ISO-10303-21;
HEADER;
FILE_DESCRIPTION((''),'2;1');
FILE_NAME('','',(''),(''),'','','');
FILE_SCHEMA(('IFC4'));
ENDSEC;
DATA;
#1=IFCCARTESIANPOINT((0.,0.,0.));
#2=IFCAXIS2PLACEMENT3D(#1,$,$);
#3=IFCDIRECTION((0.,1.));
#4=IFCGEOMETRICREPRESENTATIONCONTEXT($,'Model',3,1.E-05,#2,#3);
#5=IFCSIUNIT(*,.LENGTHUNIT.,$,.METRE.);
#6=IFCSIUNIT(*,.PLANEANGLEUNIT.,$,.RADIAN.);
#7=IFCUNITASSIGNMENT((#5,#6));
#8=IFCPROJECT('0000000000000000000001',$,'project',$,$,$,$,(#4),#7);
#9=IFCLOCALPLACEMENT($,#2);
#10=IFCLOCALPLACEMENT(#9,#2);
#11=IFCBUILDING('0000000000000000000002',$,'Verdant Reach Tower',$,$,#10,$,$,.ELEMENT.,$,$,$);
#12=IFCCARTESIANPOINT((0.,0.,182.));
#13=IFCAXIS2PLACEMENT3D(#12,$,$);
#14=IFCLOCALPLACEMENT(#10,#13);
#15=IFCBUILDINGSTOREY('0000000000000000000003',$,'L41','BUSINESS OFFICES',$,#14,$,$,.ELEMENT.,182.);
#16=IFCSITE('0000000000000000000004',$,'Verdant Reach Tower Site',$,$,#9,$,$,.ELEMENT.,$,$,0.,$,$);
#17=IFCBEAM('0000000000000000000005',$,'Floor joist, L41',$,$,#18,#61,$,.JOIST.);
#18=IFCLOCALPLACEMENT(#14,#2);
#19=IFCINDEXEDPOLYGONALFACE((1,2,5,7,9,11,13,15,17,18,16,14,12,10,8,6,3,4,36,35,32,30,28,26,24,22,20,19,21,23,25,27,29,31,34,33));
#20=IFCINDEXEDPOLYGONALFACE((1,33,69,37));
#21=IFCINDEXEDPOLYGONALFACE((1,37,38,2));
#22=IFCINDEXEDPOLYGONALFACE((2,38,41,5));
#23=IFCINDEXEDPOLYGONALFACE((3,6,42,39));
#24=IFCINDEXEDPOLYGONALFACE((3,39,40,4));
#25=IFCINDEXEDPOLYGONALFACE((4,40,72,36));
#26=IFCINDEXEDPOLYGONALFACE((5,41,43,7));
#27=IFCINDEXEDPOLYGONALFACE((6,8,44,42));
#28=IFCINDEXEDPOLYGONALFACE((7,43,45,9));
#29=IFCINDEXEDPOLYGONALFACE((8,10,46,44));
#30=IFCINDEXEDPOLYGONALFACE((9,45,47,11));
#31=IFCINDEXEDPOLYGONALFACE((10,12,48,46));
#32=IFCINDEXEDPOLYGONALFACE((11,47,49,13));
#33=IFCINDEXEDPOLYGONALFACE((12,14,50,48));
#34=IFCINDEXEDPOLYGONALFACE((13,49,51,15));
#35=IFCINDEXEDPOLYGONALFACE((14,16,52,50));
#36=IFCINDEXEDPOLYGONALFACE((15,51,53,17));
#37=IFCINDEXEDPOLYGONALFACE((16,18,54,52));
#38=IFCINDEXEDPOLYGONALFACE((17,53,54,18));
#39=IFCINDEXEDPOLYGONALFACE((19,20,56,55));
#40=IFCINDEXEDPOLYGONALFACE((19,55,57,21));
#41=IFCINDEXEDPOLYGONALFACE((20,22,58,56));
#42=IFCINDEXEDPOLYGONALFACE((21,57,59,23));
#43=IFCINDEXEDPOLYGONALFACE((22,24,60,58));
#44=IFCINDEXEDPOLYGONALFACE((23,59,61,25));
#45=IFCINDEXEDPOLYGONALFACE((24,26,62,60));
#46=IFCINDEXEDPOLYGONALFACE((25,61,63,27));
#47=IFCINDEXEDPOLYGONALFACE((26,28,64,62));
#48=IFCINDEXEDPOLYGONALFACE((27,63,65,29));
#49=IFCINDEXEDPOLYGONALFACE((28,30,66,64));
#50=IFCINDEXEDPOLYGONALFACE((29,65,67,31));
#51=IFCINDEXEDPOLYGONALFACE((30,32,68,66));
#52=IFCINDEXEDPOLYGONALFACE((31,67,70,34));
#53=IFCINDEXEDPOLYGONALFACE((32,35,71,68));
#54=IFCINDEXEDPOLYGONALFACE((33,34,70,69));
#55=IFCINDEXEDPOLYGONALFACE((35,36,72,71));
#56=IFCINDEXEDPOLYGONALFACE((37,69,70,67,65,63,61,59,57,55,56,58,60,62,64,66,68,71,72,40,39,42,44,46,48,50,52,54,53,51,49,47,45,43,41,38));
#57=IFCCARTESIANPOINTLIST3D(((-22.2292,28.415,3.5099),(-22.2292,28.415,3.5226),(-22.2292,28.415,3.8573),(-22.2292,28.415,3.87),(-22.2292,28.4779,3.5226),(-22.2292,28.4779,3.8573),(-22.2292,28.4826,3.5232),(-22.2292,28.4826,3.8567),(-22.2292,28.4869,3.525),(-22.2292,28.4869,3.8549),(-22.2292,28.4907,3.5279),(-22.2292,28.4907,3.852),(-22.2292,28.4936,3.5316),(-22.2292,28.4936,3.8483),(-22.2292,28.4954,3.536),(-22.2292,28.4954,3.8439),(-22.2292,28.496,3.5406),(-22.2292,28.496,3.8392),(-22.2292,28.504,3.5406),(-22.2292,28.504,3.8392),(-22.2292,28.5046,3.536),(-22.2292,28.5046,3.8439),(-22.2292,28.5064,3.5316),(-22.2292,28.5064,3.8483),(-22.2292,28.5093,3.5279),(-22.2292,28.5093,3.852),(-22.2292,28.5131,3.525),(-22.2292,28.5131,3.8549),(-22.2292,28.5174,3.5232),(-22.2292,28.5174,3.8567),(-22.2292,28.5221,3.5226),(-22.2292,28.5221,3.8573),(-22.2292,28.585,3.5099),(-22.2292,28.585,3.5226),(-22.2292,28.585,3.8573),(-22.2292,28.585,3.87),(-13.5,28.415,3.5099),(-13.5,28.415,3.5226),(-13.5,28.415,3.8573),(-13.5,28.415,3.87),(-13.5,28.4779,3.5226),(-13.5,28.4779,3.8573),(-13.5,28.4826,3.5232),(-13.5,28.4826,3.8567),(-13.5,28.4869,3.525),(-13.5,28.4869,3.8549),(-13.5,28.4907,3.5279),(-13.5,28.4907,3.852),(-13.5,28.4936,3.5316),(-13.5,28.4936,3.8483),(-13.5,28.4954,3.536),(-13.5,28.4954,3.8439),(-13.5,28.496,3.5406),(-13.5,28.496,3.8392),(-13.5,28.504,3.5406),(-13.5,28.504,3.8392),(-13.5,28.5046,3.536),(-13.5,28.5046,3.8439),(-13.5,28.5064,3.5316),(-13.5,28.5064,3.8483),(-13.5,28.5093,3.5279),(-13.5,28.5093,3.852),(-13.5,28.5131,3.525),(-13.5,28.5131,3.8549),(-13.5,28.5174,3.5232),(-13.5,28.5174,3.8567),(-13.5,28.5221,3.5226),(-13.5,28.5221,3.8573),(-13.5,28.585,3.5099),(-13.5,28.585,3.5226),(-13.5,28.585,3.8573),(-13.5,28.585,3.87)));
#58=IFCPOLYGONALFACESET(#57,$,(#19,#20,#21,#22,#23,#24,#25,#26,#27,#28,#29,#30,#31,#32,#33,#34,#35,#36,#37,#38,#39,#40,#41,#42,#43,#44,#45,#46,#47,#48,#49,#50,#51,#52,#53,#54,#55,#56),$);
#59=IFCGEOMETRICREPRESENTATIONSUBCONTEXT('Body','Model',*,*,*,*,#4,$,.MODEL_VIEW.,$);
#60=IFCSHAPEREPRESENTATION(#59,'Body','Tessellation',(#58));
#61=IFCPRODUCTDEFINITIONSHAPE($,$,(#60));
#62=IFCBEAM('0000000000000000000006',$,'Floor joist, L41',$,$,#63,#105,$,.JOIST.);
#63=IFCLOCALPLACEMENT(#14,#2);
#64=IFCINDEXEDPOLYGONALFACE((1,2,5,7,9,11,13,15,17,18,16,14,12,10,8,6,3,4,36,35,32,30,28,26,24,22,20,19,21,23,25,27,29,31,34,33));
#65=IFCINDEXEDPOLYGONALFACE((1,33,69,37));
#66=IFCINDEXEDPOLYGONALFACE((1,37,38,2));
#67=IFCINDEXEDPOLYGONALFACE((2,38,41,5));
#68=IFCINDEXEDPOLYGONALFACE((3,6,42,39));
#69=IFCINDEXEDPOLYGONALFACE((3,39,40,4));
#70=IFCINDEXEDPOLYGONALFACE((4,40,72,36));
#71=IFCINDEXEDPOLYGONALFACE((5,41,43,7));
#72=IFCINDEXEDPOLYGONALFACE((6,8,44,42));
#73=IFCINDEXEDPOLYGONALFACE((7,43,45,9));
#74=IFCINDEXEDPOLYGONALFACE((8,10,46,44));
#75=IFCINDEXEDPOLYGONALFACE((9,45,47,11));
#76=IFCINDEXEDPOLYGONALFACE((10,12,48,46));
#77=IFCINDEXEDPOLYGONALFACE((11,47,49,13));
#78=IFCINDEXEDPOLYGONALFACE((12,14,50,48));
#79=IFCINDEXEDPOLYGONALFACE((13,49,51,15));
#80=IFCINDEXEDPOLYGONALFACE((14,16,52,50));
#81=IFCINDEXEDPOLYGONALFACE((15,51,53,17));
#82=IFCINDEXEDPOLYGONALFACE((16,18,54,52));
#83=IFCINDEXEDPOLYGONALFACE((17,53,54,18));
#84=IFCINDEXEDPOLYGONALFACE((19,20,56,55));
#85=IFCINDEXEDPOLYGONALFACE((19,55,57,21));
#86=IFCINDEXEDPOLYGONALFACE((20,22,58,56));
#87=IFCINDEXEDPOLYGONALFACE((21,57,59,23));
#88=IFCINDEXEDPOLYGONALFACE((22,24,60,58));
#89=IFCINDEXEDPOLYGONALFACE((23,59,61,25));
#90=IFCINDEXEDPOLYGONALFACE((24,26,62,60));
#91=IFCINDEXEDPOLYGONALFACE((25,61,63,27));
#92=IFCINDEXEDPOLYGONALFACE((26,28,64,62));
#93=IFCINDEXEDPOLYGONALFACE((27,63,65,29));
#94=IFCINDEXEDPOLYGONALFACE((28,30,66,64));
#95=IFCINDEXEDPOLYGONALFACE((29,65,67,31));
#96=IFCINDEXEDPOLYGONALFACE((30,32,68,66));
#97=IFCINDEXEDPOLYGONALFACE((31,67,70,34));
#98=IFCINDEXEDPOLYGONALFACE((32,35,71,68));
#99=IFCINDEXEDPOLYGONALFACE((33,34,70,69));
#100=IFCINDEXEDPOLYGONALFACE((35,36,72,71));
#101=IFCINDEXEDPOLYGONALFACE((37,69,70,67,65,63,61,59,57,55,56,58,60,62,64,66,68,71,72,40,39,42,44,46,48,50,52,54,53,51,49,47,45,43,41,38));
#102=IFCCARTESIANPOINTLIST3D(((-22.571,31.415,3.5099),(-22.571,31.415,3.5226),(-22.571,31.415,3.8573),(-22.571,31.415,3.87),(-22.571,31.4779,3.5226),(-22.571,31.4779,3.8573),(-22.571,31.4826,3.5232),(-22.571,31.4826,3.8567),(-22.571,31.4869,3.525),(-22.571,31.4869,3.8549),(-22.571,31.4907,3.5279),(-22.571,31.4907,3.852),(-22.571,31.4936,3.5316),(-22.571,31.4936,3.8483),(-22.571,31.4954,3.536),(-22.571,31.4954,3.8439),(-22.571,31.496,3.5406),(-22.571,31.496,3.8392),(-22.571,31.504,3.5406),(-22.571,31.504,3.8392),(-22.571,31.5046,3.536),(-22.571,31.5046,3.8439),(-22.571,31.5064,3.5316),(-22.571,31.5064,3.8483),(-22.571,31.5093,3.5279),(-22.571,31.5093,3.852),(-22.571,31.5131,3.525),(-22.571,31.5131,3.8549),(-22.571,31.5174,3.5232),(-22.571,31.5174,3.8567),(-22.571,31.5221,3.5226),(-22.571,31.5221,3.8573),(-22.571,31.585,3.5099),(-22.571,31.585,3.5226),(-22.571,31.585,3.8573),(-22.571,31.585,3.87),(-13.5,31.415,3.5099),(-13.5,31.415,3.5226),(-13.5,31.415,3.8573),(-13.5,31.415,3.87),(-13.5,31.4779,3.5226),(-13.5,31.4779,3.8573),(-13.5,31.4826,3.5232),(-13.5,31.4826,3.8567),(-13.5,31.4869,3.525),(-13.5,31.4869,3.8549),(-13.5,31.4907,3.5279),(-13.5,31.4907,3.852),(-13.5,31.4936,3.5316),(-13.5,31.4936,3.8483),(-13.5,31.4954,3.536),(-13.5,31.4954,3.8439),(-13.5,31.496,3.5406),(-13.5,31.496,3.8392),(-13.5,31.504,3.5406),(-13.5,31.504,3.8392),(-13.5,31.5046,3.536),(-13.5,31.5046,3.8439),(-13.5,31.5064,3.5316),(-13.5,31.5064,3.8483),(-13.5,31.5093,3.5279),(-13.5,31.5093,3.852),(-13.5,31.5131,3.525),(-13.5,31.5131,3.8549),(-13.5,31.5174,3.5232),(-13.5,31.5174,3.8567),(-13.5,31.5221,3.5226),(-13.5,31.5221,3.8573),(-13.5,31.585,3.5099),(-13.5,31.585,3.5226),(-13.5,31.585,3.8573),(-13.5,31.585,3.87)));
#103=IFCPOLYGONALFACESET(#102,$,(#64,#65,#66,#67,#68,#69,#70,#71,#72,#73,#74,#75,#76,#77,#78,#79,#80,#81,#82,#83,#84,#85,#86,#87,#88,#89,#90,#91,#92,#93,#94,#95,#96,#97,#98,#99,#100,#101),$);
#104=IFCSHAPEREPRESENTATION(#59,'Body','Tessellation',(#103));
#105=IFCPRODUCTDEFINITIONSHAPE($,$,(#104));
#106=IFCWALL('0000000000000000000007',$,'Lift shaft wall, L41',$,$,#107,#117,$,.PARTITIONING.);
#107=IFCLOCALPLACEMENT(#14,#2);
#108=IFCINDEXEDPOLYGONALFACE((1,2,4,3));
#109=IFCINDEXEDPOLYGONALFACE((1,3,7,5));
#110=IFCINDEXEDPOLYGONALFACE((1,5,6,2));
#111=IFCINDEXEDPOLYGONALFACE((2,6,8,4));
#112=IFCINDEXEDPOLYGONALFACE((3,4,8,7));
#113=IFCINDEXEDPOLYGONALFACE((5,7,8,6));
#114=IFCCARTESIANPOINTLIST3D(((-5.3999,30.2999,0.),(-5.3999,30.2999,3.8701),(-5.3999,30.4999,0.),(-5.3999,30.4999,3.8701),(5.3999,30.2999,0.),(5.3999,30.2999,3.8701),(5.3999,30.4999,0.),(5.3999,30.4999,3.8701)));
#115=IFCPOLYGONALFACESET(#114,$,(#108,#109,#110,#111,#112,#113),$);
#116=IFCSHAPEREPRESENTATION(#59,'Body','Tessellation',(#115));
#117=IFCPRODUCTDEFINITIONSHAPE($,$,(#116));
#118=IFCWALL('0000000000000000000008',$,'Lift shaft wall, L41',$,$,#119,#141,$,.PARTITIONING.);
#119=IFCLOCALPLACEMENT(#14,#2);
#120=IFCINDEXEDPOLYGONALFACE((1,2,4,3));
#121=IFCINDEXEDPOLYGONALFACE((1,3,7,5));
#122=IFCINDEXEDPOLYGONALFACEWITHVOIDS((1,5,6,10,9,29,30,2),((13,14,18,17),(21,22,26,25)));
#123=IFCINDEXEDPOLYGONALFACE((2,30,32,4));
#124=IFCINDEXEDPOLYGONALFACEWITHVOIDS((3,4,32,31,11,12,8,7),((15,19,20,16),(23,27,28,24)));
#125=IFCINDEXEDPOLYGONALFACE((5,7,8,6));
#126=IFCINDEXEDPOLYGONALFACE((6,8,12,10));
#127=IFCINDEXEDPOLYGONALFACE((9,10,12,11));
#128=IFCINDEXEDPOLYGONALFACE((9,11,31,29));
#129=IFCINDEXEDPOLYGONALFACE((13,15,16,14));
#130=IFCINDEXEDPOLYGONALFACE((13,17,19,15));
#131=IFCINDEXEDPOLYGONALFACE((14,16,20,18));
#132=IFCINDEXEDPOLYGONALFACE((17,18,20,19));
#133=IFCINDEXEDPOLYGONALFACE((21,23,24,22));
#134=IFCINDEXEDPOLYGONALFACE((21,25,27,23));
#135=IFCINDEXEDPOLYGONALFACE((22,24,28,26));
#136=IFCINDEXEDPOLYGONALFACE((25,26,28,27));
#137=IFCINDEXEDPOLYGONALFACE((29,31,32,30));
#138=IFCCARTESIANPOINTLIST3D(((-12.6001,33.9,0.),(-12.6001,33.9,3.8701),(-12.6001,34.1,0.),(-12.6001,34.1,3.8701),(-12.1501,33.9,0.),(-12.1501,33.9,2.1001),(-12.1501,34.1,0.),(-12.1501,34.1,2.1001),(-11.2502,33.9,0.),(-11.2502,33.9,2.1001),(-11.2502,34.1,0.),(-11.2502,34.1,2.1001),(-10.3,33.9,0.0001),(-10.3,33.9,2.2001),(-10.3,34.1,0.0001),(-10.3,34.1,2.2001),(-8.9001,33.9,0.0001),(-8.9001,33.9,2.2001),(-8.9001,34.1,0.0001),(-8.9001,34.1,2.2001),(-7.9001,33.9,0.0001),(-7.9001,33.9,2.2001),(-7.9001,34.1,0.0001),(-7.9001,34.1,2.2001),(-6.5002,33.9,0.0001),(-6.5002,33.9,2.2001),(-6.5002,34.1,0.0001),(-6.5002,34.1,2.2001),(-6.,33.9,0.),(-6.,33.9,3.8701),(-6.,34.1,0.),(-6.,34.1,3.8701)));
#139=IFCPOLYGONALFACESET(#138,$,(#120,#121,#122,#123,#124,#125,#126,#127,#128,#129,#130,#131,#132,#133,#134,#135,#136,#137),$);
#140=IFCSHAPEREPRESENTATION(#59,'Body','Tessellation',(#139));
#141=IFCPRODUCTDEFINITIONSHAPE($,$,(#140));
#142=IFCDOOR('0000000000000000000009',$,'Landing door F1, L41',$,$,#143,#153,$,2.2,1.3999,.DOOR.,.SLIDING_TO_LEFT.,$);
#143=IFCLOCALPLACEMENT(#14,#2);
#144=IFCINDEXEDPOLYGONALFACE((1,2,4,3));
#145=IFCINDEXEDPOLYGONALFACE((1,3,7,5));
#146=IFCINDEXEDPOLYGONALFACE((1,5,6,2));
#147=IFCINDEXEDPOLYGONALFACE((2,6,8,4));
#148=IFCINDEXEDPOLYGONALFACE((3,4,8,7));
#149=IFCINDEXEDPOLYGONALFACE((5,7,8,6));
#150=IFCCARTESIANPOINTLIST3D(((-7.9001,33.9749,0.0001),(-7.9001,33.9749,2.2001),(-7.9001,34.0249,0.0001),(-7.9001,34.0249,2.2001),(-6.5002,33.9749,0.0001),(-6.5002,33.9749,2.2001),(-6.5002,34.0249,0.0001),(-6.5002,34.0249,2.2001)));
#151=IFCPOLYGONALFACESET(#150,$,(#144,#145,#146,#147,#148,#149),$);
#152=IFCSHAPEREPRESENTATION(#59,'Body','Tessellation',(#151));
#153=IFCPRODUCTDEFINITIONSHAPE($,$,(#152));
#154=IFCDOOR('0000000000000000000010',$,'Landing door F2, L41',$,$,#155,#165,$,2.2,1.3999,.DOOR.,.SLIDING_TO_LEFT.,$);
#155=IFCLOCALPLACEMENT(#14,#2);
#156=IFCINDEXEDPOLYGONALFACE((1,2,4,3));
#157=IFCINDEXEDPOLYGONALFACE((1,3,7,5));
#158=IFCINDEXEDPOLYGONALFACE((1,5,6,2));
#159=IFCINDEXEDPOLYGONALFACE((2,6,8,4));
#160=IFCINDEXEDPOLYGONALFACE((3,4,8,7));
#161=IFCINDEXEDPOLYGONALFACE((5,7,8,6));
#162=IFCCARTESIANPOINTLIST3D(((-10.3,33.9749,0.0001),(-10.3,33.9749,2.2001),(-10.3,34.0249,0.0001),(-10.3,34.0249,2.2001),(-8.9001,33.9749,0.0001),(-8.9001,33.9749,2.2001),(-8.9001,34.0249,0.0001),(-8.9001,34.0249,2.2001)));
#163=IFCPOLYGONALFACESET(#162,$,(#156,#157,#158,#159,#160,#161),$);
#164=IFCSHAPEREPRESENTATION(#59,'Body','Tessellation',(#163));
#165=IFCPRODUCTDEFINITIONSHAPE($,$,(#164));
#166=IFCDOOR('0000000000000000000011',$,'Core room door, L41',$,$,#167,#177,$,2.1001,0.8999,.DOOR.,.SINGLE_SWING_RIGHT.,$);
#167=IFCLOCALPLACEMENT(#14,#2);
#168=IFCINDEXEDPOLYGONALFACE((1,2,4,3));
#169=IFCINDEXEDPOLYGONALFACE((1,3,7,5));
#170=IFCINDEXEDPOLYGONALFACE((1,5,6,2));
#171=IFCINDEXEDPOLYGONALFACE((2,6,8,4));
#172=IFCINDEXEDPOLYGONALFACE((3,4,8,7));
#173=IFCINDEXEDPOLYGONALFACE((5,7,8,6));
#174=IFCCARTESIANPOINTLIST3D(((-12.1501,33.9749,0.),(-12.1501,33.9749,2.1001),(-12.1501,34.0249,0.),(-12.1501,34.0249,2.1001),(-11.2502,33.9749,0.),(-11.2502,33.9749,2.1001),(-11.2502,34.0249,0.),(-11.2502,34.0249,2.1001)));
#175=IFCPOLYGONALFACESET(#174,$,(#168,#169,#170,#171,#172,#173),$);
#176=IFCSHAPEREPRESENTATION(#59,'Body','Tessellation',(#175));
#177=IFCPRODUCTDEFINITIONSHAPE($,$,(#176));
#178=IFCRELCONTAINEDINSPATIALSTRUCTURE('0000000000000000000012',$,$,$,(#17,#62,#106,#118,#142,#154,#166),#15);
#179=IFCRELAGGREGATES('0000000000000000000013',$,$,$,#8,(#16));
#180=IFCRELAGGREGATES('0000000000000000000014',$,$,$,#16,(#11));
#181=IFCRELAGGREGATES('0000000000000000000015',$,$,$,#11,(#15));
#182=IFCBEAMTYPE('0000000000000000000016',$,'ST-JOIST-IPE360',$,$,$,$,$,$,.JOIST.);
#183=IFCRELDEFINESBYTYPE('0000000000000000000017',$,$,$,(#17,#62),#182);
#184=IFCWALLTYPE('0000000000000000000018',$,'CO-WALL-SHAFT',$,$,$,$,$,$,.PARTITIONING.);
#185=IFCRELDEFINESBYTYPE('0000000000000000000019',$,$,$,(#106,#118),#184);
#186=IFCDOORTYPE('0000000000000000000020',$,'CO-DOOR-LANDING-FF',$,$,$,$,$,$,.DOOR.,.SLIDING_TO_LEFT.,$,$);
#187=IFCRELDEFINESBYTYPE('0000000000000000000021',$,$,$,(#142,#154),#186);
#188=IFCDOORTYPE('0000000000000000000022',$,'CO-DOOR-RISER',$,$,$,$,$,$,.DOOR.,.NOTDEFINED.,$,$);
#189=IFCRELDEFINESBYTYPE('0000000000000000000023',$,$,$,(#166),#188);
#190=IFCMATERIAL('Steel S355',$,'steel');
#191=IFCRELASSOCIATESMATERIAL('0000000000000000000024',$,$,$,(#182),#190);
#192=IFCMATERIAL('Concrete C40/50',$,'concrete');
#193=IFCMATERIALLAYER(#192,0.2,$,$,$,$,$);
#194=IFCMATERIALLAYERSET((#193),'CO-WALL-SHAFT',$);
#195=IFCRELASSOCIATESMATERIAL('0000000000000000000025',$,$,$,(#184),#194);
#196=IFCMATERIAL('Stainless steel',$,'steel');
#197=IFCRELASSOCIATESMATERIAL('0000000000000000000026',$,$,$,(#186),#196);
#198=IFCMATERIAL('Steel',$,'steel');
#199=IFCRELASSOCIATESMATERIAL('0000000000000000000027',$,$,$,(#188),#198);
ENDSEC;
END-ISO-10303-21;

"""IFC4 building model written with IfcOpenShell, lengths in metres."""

from ifc_helpers import new_model, si_unit, direction, frame, frame_2d, origin, origin_2d, place, context, subcontext, project, spatial, rectangle, i_section, extrude, material, layer, layer_set, material_profile, profile_set, type_object, element, fill, save


model = new_model("IFC4")

# Units and contexts
model_context = context("Model", 3, precision=1e-05, world=origin(), true_north=direction((0.0, 1.0)))
body_context = subcontext(model_context, "Body", "Model", "MODEL_VIEW")
ifc_project = project(units=[si_unit("LENGTHUNIT", "METRE"), si_unit("PLANEANGLEUNIT", "RADIAN")], contexts=[model_context])

# Site, building, storey
site_placement = place(None, origin())
site = spatial("IfcSite", under=ifc_project, at=site_placement, Name="Verdant Reach Tower Site", CompositionType="ELEMENT", RefElevation=0.0)
building_placement = place(site_placement, origin())
building = spatial("IfcBuilding", under=site, at=building_placement, Name="Verdant Reach Tower", CompositionType="ELEMENT")
storey_placement = place(building_placement, frame((0.0, 0.0, 182.0)))
storey = spatial("IfcBuildingStorey", under=building, at=storey_placement, Name="L41", Description="BUSINESS OFFICES", CompositionType="ELEMENT", Elevation=182.0)

# Beams
ifc_material_1 = material(Name="Steel S355", Category="steel")
ifc_material_profile = material_profile(ifc_material_1, i_section(OverallWidth=0.1699, OverallDepth=0.3601, WebThickness=0.0081, FlangeThickness=0.0127, FilletRadius=0.0181, at=origin_2d()), Name="IPE 360")
ifc_profile_set = profile_set([ifc_material_profile], Name="Steel S355")
beam_type = type_object("IfcBeamType", Name="ST-JOIST-IPE360", PredefinedType="JOIST", material=ifc_profile_set)
beam_1_placement = place(storey_placement, frame((-13.5, 28.5, 3.6899), z_axis=(-1.0, 0.0, 0.0), x_axis=(0.0, -1.0, 0.0)))
element("IfcBeam", 1, at=beam_1_placement, inside=storey, type_object=beam_type, Name="Floor joist, L41", PredefinedType="JOIST", context=body_context, shape_type="SweptSolid", body=[
    extrude(i_section(OverallWidth=0.1699, OverallDepth=0.3601, WebThickness=0.0081, FlangeThickness=0.0127, FilletRadius=0.0181, at=origin_2d()), origin(), (0.0, 0.0, 1.0), 8.7292),
])
beam_2_placement = place(storey_placement, frame((-13.5, 31.5, 3.6899), z_axis=(-1.0, 0.0, 0.0), x_axis=(0.0, -1.0, 0.0)))
element("IfcBeam", 2, at=beam_2_placement, inside=storey, type_object=beam_type, Name="Floor joist, L41", PredefinedType="JOIST", context=body_context, shape_type="SweptSolid", body=[
    extrude(i_section(OverallWidth=0.1699, OverallDepth=0.3601, WebThickness=0.0081, FlangeThickness=0.0127, FilletRadius=0.0181, at=origin_2d()), origin(), (0.0, 0.0, 1.0), 9.071),
])

# Wall
ifc_material_2 = material(Name="Concrete C40/50", Category="concrete")
ifc_layer_1 = layer(ifc_material_2, 0.2)
ifc_layer_set_1 = layer_set([ifc_layer_1], Name="CO-WALL-SHAFT")
wall_type_1 = type_object("IfcWallType", Name="CO-WALL-SHAFT", PredefinedType="PARTITIONING", material=ifc_layer_set_1)
wall_1_placement = place(storey_placement, frame((-5.3999, 30.3999, 0.0), z_axis=(0.0, 0.0, 1.0), x_axis=(1.0, 0.0, 0.0)))
element("IfcWall", 3, at=wall_1_placement, inside=storey, type_object=wall_type_1, Name="Lift shaft wall, L41", PredefinedType="PARTITIONING", context=body_context, shape_type="SweptSolid", body=[
    extrude(rectangle(XDim=10.7998, YDim=0.2, at=frame_2d((5.3999, 0.0))), origin(), (0.0, 0.0, 1.0), 3.8701),
])

# Wall, openings, doors
wall_2_placement = place(storey_placement, frame((-12.6001, 34.0, 0.0), z_axis=(0.0, 0.0, 1.0), x_axis=(1.0, 0.0, 0.0)))
wall_2 = element("IfcWall", 4, at=wall_2_placement, inside=storey, type_object=wall_type_1, Name="Lift shaft wall, L41", PredefinedType="PARTITIONING", context=body_context, shape_type="SweptSolid", body=[
    extrude(rectangle(XDim=6.6001, YDim=0.2, at=frame_2d((3.3, 0.0))), origin(), (0.0, 0.0, 1.0), 3.8701),
])
opening_1_placement = place(wall_2_placement, frame((4.7, 0.0, 0.0)))
opening_1 = element("IfcOpeningElement", 5, at=opening_1_placement, cuts=wall_2, PredefinedType="OPENING", context=body_context, shape_type="SweptSolid", body=[
    extrude(rectangle(XDim=1.3999, YDim=2.2, at=frame_2d((0.7, 1.1001))), frame((0.0, 0.1099, 0.0), z_axis=(0.0, -1.0, 0.0), x_axis=(1.0, 0.0, 0.0)), (0.0, 0.0, 1.0), 0.22),
])
opening_2_placement = place(wall_2_placement, frame((2.3, 0.0, 0.0)))
opening_2 = element("IfcOpeningElement", 6, at=opening_2_placement, cuts=wall_2, PredefinedType="OPENING", context=body_context, shape_type="SweptSolid", body=[
    extrude(rectangle(XDim=1.3999, YDim=2.2, at=frame_2d((0.7, 1.1001))), frame((0.0, 0.1099, 0.0), z_axis=(0.0, -1.0, 0.0), x_axis=(1.0, 0.0, 0.0)), (0.0, 0.0, 1.0), 0.22),
])
opening_3_placement = place(wall_2_placement, frame((0.45, 0.0, 0.0)))
opening_3 = element("IfcOpeningElement", 7, at=opening_3_placement, cuts=wall_2, PredefinedType="OPENING", context=body_context, shape_type="SweptSolid", body=[
    extrude(rectangle(XDim=0.8999, YDim=2.1001, at=frame_2d((0.45, 1.05))), frame((0.0, 0.1099, 0.0), z_axis=(0.0, -1.0, 0.0), x_axis=(1.0, 0.0, 0.0)), (0.0, 0.0, 1.0), 0.22),
])
ifc_material_3 = material(Name="Stainless steel", Category="steel")
door_type_1 = type_object("IfcDoorType", Name="CO-DOOR-LANDING-FF", OperationType="SLIDING_TO_LEFT", PredefinedType="DOOR", material=ifc_material_3)
door_1_placement = place(opening_1_placement, origin())
door_1 = element("IfcDoor", 8, at=door_1_placement, inside=storey, type_object=door_type_1, Name="Landing door F1, L41", OperationType="SLIDING_TO_LEFT", OverallHeight=2.2, OverallWidth=1.3999, PredefinedType="DOOR", context=body_context, shape_type="SweptSolid", body=[
    extrude(rectangle(XDim=1.3999, YDim=2.2, at=frame_2d((0.7, 1.1001))), frame((0.0, 0.0249, 0.0), z_axis=(0.0, -1.0, 0.0), x_axis=(1.0, 0.0, 0.0)), (0.0, 0.0, 1.0), 0.05),
])
fill(opening_1, door_1)
door_2_placement = place(opening_2_placement, origin())
door_2 = element("IfcDoor", 9, at=door_2_placement, inside=storey, type_object=door_type_1, Name="Landing door F2, L41", OperationType="SLIDING_TO_LEFT", OverallHeight=2.2, OverallWidth=1.3999, PredefinedType="DOOR", context=body_context, shape_type="SweptSolid", body=[
    extrude(rectangle(XDim=1.3999, YDim=2.2, at=frame_2d((0.7, 1.1001))), frame((0.0, 0.0249, 0.0), z_axis=(0.0, -1.0, 0.0), x_axis=(1.0, 0.0, 0.0)), (0.0, 0.0, 1.0), 0.05),
])
fill(opening_2, door_2)
ifc_material_4 = material(Name="Steel", Category="steel")
door_type_2 = type_object("IfcDoorType", Name="CO-DOOR-RISER", OperationType="NOTDEFINED", PredefinedType="DOOR", material=ifc_material_4)
door_3_placement = place(opening_3_placement, origin())
door_3 = element("IfcDoor", 10, at=door_3_placement, inside=storey, type_object=door_type_2, Name="Core room door, L41", OperationType="SINGLE_SWING_RIGHT", OverallHeight=2.1001, OverallWidth=0.8999, PredefinedType="DOOR", context=body_context, shape_type="SweptSolid", body=[
    extrude(rectangle(XDim=0.8999, YDim=2.1001, at=frame_2d((0.45, 1.05))), frame((0.0, 0.0249, 0.0), z_axis=(0.0, -1.0, 0.0), x_axis=(1.0, 0.0, 0.0)), (0.0, 0.0, 1.0), 0.05),
])
fill(opening_3, door_3)

save(model, "model.ifc")
